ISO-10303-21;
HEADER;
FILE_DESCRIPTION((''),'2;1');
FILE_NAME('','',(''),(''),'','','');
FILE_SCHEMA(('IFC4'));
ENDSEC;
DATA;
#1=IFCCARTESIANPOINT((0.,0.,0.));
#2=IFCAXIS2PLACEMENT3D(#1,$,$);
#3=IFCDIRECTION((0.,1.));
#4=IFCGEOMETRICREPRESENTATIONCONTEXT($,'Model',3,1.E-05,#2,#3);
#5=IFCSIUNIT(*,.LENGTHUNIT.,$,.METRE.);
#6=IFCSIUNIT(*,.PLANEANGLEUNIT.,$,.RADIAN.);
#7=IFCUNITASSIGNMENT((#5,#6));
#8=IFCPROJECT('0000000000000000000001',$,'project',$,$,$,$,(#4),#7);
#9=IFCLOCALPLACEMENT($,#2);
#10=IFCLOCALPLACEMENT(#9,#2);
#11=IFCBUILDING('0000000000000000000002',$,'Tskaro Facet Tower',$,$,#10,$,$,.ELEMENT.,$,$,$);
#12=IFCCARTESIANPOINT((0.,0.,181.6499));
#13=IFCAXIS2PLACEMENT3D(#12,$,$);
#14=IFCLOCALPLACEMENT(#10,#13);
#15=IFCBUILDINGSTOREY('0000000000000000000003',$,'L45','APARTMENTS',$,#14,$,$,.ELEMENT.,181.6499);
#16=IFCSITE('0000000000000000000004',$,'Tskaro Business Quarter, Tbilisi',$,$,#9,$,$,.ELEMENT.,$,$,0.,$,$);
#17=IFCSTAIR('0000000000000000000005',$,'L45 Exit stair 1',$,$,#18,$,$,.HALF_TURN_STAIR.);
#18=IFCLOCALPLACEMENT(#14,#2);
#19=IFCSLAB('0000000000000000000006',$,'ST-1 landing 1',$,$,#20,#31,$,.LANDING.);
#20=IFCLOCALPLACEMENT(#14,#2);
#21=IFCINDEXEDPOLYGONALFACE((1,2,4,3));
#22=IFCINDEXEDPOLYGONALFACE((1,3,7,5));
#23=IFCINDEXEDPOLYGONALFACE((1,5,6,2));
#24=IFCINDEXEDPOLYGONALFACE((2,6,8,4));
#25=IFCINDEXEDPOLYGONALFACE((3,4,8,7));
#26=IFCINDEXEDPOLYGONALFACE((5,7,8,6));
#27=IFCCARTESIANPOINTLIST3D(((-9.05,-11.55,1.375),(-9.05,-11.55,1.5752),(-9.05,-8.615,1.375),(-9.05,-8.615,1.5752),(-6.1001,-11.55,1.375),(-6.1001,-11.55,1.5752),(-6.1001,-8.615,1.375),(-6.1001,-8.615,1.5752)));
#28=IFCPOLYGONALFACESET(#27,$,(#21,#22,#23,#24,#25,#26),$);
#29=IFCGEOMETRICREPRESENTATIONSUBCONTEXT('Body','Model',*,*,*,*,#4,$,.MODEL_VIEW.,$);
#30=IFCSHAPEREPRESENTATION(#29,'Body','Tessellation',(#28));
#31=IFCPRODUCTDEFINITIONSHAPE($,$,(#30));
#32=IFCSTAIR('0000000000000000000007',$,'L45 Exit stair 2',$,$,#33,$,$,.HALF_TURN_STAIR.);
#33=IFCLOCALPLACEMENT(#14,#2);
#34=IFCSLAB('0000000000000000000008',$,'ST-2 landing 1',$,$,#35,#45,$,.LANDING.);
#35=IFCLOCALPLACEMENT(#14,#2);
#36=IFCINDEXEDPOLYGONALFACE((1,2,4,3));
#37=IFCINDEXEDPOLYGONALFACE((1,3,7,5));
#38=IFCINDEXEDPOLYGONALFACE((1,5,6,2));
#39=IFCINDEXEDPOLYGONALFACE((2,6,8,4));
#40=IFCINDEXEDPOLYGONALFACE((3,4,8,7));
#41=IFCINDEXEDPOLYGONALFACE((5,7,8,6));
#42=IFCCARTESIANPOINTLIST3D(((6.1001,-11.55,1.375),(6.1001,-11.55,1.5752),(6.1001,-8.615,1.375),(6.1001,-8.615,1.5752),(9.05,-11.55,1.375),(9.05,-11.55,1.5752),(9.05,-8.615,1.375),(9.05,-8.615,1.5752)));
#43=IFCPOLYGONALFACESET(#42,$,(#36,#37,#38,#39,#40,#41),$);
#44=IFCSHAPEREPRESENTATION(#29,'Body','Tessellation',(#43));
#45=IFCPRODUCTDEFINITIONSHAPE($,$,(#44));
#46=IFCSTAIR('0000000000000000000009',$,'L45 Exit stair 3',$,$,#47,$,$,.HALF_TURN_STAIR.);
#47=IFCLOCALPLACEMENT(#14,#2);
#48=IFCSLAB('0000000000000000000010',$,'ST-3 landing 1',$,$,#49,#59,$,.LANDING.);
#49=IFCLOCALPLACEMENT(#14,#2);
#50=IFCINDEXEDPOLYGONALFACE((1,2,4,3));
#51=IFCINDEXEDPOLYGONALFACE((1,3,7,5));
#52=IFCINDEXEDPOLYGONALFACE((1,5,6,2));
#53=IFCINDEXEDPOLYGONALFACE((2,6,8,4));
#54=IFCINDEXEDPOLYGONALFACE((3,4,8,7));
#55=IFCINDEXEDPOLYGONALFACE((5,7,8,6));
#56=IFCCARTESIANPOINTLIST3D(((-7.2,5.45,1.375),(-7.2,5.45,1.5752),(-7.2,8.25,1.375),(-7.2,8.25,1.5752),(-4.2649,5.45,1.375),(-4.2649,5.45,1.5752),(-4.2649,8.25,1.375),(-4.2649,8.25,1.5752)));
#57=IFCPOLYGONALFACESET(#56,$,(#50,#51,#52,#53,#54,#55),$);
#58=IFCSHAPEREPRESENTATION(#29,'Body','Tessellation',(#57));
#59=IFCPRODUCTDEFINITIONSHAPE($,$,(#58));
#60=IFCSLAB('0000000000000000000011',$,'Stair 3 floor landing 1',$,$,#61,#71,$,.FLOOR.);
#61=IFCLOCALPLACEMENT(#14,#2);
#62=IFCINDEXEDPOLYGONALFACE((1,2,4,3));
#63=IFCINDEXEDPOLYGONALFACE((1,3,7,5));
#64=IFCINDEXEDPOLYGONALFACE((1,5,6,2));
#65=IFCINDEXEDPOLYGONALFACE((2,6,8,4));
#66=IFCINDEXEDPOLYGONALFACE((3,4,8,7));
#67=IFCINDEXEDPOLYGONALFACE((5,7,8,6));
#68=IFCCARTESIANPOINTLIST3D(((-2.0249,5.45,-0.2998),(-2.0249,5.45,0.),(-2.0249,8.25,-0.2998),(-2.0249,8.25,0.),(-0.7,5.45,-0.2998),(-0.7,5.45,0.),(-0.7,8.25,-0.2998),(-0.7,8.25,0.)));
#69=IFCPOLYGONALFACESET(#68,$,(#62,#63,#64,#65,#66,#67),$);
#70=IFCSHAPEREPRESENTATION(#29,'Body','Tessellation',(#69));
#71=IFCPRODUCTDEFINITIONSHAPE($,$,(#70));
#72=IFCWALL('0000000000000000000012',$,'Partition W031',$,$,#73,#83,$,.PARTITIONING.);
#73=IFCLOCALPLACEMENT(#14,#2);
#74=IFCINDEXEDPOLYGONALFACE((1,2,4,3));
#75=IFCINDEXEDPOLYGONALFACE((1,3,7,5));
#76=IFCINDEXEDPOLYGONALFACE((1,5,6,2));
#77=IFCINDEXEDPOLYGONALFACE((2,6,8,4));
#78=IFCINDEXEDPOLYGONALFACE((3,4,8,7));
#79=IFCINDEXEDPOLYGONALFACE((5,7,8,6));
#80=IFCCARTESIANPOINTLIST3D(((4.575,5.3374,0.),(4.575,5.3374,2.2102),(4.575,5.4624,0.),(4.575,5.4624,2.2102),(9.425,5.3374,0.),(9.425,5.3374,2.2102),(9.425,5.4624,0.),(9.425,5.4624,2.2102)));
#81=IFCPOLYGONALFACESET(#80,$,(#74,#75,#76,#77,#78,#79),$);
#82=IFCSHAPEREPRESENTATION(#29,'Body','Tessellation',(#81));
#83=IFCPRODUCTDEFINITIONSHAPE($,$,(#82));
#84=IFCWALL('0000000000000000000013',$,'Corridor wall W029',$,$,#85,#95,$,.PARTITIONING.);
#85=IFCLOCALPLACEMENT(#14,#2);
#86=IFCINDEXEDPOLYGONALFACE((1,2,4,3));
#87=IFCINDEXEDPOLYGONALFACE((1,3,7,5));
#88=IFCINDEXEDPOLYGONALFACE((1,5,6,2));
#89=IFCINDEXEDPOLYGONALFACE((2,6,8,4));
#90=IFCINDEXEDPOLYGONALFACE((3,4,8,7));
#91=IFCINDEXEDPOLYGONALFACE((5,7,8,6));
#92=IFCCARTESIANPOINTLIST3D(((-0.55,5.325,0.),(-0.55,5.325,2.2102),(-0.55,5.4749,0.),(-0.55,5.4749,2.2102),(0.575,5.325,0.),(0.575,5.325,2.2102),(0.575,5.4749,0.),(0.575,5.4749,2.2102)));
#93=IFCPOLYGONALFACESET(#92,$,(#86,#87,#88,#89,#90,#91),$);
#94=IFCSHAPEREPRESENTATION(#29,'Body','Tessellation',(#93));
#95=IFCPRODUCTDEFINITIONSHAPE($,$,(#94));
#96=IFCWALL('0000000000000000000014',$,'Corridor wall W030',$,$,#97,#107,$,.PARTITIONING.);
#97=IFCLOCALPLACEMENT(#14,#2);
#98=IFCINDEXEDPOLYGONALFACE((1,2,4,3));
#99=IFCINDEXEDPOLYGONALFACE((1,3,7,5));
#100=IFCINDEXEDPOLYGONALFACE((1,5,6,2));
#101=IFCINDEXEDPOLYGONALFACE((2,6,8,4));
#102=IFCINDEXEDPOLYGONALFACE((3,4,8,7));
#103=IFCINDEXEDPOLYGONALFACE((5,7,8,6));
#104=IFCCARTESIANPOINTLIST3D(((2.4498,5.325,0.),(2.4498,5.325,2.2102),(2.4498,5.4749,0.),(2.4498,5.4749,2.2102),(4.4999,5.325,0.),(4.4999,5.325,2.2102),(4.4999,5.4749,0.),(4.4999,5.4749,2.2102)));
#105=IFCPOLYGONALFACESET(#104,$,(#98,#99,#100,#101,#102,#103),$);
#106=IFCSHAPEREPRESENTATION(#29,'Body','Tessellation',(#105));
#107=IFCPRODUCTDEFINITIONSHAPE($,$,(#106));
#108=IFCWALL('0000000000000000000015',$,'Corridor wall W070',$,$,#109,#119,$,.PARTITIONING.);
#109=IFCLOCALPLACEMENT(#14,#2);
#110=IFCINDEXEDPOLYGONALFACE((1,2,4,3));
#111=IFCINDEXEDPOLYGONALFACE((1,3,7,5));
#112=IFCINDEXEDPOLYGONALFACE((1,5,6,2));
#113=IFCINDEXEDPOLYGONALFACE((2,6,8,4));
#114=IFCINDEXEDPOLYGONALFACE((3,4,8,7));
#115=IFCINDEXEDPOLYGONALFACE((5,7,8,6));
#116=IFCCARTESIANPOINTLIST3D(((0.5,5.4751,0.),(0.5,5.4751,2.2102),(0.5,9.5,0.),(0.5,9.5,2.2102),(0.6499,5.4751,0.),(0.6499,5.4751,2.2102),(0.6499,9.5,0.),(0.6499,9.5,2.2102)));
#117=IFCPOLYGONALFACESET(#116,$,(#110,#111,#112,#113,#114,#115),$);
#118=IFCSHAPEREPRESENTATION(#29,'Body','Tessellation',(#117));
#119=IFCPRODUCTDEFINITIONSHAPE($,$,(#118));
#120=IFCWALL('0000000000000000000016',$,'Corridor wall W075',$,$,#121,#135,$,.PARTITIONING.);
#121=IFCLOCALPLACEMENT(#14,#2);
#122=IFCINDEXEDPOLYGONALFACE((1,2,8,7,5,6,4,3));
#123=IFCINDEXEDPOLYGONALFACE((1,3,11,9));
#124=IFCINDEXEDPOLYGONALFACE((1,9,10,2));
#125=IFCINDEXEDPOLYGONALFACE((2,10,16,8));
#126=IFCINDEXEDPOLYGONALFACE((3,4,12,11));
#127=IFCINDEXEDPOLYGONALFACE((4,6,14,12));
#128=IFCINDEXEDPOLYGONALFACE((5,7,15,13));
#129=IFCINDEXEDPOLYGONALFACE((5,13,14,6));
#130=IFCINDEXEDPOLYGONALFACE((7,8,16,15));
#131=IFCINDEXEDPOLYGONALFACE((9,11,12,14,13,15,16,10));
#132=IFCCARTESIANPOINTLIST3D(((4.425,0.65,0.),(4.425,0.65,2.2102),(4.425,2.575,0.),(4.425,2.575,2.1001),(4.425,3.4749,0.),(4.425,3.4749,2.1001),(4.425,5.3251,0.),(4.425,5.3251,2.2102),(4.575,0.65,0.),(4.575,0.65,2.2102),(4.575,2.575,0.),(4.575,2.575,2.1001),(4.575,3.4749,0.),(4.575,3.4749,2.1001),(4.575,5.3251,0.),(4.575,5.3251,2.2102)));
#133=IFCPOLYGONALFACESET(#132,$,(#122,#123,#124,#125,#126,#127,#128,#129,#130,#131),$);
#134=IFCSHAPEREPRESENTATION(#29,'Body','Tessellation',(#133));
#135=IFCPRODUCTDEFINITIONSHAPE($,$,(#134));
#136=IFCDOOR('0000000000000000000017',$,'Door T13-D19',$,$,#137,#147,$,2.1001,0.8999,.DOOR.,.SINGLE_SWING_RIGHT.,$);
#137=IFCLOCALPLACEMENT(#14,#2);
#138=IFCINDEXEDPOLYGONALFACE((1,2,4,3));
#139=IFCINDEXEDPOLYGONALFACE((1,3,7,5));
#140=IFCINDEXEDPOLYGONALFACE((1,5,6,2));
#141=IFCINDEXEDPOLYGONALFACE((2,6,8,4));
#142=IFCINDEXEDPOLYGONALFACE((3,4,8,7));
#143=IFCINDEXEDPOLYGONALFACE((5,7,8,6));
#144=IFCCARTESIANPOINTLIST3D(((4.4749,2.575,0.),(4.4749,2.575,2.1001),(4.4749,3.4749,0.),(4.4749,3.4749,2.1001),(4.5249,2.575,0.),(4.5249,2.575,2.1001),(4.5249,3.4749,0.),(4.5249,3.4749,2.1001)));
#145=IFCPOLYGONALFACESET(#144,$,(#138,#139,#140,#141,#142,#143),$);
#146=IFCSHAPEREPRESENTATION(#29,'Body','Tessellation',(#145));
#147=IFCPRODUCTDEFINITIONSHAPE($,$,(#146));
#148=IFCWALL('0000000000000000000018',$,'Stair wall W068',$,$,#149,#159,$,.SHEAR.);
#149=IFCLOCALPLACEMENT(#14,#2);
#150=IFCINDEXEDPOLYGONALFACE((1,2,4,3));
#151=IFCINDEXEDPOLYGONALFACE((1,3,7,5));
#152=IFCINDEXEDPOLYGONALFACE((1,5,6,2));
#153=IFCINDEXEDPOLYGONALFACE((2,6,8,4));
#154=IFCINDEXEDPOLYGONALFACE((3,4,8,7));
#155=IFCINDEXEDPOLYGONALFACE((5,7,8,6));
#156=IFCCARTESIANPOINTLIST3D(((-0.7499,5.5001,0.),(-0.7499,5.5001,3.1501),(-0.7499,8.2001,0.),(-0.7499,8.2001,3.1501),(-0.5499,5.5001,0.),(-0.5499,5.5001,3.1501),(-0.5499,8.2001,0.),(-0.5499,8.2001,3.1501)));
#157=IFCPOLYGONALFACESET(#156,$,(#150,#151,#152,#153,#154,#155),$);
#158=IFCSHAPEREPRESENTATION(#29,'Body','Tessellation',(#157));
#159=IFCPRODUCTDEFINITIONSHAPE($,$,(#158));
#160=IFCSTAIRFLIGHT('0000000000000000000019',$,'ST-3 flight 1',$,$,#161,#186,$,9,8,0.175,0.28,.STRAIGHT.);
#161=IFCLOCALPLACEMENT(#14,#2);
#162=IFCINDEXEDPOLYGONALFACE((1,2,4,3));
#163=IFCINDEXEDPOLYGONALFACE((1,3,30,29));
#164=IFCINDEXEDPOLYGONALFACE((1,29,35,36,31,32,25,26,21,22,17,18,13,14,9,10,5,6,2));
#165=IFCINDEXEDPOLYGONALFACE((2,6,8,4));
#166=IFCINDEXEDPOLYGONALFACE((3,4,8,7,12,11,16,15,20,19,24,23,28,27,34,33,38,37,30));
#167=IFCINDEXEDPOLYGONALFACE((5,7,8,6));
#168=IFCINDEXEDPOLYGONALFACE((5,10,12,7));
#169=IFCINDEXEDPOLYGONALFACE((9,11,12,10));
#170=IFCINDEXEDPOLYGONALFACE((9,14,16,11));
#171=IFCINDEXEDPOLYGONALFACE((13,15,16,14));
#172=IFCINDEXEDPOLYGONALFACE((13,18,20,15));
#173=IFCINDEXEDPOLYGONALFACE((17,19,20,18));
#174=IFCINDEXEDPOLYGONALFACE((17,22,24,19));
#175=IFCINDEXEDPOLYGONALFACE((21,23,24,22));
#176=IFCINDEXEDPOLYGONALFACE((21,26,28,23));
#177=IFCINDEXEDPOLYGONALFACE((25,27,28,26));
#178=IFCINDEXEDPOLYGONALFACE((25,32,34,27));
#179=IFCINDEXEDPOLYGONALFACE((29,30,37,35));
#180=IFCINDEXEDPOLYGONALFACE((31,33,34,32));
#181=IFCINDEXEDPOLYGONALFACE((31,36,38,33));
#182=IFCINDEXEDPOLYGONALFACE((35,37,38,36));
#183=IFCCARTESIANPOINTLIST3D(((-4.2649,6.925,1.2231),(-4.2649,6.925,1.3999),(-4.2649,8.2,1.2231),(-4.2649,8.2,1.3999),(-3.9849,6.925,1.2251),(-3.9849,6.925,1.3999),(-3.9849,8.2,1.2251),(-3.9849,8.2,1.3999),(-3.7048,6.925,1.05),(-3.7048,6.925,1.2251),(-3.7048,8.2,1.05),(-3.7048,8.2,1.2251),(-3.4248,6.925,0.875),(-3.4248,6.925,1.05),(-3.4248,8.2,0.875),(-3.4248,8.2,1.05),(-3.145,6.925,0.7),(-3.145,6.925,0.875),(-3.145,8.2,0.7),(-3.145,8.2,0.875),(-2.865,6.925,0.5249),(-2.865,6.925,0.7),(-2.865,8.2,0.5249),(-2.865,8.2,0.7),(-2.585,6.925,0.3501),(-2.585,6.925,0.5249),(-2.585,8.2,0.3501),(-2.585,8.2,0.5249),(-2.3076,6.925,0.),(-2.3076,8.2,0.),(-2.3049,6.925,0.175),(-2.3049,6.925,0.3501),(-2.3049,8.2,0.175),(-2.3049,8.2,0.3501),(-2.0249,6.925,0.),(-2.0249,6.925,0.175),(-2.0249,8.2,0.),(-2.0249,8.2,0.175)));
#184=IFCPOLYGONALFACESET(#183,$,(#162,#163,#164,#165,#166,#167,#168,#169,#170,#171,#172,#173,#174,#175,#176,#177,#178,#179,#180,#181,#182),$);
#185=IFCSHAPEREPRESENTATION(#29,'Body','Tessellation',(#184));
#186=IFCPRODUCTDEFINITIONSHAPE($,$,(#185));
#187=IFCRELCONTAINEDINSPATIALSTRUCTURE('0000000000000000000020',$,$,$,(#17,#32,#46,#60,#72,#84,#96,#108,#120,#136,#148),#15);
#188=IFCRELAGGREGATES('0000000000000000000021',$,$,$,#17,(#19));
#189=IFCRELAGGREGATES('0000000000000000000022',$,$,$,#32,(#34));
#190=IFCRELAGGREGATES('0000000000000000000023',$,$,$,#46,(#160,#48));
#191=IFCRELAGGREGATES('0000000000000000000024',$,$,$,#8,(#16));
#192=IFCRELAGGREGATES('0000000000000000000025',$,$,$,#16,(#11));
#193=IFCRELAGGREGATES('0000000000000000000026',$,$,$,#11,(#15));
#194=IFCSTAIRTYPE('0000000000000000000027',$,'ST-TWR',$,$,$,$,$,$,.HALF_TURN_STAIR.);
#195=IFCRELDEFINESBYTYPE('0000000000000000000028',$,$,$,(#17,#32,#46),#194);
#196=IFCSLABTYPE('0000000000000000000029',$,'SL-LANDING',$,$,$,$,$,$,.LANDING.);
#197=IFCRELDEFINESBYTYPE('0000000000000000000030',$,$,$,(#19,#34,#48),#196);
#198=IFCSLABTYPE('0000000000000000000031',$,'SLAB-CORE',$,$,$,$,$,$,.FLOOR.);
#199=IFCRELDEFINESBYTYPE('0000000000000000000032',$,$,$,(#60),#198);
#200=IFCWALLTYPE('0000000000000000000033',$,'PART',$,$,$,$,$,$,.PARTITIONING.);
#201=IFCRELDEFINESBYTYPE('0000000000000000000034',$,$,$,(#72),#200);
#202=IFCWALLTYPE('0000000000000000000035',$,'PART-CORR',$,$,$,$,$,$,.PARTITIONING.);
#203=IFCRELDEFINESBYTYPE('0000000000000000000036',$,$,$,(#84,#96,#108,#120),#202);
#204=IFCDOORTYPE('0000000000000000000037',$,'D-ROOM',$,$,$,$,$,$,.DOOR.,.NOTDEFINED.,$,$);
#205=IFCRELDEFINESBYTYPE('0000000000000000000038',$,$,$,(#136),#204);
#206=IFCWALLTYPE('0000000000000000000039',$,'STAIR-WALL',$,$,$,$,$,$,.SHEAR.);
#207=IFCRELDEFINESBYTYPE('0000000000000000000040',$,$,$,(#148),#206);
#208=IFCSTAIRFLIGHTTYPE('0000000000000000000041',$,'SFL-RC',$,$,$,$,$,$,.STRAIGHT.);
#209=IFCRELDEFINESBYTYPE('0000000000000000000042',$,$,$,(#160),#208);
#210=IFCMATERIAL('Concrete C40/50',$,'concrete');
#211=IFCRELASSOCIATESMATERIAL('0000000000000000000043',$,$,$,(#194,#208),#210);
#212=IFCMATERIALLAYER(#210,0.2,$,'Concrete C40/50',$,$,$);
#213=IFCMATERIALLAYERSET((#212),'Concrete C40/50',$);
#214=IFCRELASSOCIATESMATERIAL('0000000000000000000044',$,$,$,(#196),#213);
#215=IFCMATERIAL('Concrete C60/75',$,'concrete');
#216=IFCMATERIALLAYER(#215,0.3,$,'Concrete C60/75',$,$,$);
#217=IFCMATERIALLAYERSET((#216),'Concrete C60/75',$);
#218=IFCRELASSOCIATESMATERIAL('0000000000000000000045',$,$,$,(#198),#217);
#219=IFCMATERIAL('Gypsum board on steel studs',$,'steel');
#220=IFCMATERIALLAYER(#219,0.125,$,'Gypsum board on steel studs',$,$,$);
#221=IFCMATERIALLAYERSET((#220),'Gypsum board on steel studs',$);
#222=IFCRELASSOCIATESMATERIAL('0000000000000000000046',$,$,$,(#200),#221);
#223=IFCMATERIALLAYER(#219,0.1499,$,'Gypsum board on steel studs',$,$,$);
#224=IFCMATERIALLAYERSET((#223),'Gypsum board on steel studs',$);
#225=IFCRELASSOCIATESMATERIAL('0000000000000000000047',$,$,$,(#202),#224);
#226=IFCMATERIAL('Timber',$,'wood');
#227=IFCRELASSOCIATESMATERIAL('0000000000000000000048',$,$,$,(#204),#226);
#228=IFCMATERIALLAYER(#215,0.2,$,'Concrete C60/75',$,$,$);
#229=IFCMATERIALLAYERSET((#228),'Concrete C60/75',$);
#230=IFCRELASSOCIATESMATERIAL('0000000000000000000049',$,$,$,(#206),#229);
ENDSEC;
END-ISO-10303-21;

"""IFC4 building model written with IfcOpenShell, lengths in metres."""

from ifc_helpers import new_model, si_unit, direction, frame, frame_2d, origin, place, context, subcontext, project, spatial, polyline, rectangle, outline, extrude, material, layer, layer_set, type_object, element, fill, aggregate, save


model = new_model("IFC4")

# Units and contexts
model_context = context("Model", 3, precision=1e-05, world=origin(), true_north=direction((0.0, 1.0)))
body_context = subcontext(model_context, "Body", "Model", "MODEL_VIEW")
ifc_project = project(units=[si_unit("LENGTHUNIT", "METRE"), si_unit("PLANEANGLEUNIT", "RADIAN")], contexts=[model_context])

# Site, building, storey
site_placement = place(None, origin())
site = spatial("IfcSite", under=ifc_project, at=site_placement, Name="Tskaro Business Quarter, Tbilisi", CompositionType="ELEMENT", RefElevation=0.0)
building_placement = place(site_placement, origin())
building = spatial("IfcBuilding", under=site, at=building_placement, Name="Tskaro Facet Tower", CompositionType="ELEMENT")
storey_placement = place(building_placement, frame((0.0, 0.0, 181.6499)))
storey = spatial("IfcBuildingStorey", under=building, at=storey_placement, Name="L45", Description="APARTMENTS", CompositionType="ELEMENT", Elevation=181.6499)

# Stairs, slabs
ifc_material_1 = material(Name="Concrete C40/50", Category="concrete")
stair_type = type_object("IfcStairType", Name="ST-TWR", PredefinedType="HALF_TURN_STAIR", material=ifc_material_1)
stair_1_placement = place(storey_placement, origin())
stair_1 = element("IfcStair", 1, at=stair_1_placement, inside=storey, type_object=stair_type, Name="L45 Exit stair 1", PredefinedType="HALF_TURN_STAIR")
ifc_layer_1 = layer(ifc_material_1, 0.2, Name="Concrete C40/50")
ifc_layer_set_1 = layer_set([ifc_layer_1], Name="Concrete C40/50")
slab_type_1 = type_object("IfcSlabType", Name="SL-LANDING", PredefinedType="LANDING", material=ifc_layer_set_1)
slab_1_placement = place(storey_placement, frame((0.0, 0.0, 1.375)))
slab_1 = element("IfcSlab", 2, at=slab_1_placement, type_object=slab_type_1, Name="ST-1 landing 1", PredefinedType="LANDING", context=body_context, shape_type="SweptSolid", body=[
    extrude(outline(polyline([(-9.05, -11.55), (-6.1001, -11.55), (-6.1001, -8.615), (-9.05, -8.615), (-9.05, -11.55)])), origin(), (0.0, 0.0, 1.0), 0.2002),
])
aggregate(stair_1, [slab_1])
stair_2_placement = place(storey_placement, origin())
stair_2 = element("IfcStair", 3, at=stair_2_placement, inside=storey, type_object=stair_type, Name="L45 Exit stair 2", PredefinedType="HALF_TURN_STAIR")
slab_2_placement = place(storey_placement, frame((0.0, 0.0, 1.375)))
slab_2 = element("IfcSlab", 4, at=slab_2_placement, type_object=slab_type_1, Name="ST-2 landing 1", PredefinedType="LANDING", context=body_context, shape_type="SweptSolid", body=[
    extrude(outline(polyline([(6.1001, -11.55), (9.05, -11.55), (9.05, -8.615), (6.1001, -8.615), (6.1001, -11.55)])), origin(), (0.0, 0.0, 1.0), 0.2002),
])
aggregate(stair_2, [slab_2])
stair_3_placement = place(storey_placement, origin())
stair_3 = element("IfcStair", 5, at=stair_3_placement, inside=storey, type_object=stair_type, Name="L45 Exit stair 3", PredefinedType="HALF_TURN_STAIR")
slab_3_placement = place(storey_placement, frame((0.0, 0.0, 1.375)))
slab_3 = element("IfcSlab", 6, at=slab_3_placement, type_object=slab_type_1, Name="ST-3 landing 1", PredefinedType="LANDING", context=body_context, shape_type="SweptSolid", body=[
    extrude(outline(polyline([(-7.2, 5.45), (-4.2649, 5.45), (-4.2649, 8.25), (-7.2, 8.25), (-7.2, 5.45)])), origin(), (0.0, 0.0, 1.0), 0.2002),
])

# Slab
ifc_material_2 = material(Name="Concrete C60/75", Category="concrete")
ifc_layer_2 = layer(ifc_material_2, 0.3, Name="Concrete C60/75")
ifc_layer_set_2 = layer_set([ifc_layer_2], Name="Concrete C60/75")
slab_type_2 = type_object("IfcSlabType", Name="SLAB-CORE", PredefinedType="FLOOR", material=ifc_layer_set_2)
slab_4_placement = place(storey_placement, frame((0.0, 0.0, -0.2998)))
element("IfcSlab", 7, at=slab_4_placement, inside=storey, type_object=slab_type_2, Name="Stair 3 floor landing 1", PredefinedType="FLOOR", context=body_context, shape_type="SweptSolid", body=[
    extrude(outline(polyline([(-2.0249, 5.45), (-0.7, 5.45), (-0.7, 8.25), (-2.0249, 8.25), (-2.0249, 5.45)])), origin(), (0.0, 0.0, 1.0), 0.2998),
])

# Walls
ifc_material_3 = material(Name="Gypsum board on steel studs", Category="steel")
ifc_layer_3 = layer(ifc_material_3, 0.125, Name="Gypsum board on steel studs")
ifc_layer_set_3 = layer_set([ifc_layer_3], Name="Gypsum board on steel studs")
wall_type_1 = type_object("IfcWallType", Name="PART", PredefinedType="PARTITIONING", material=ifc_layer_set_3)
wall_1_placement = place(storey_placement, frame((4.575, 5.3999, 0.0), z_axis=(0.0, 0.0, 1.0), x_axis=(1.0, 0.0, 0.0)))
element("IfcWall", 8, at=wall_1_placement, inside=storey, type_object=wall_type_1, Name="Partition W031", PredefinedType="PARTITIONING", context=body_context, shape_type="SweptSolid", body=[
    extrude(rectangle(XDim=4.8501, YDim=0.125, at=frame_2d((2.425, 0.0))), origin(), (0.0, 0.0, 1.0), 2.2102),
])
ifc_layer_4 = layer(ifc_material_3, 0.1499, Name="Gypsum board on steel studs")
ifc_layer_set_4 = layer_set([ifc_layer_4], Name="Gypsum board on steel studs")
wall_type_2 = type_object("IfcWallType", Name="PART-CORR", PredefinedType="PARTITIONING", material=ifc_layer_set_4)
wall_2_placement = place(storey_placement, frame((-0.55, 5.3999, 0.0), z_axis=(0.0, 0.0, 1.0), x_axis=(1.0, 0.0, 0.0)))
element("IfcWall", 9, at=wall_2_placement, inside=storey, type_object=wall_type_2, Name="Corridor wall W029", PredefinedType="PARTITIONING", context=body_context, shape_type="SweptSolid", body=[
    extrude(rectangle(XDim=1.125, YDim=0.1499, at=frame_2d((0.5625, 0.0))), origin(), (0.0, 0.0, 1.0), 2.2102),
])
wall_3_placement = place(storey_placement, frame((2.45, 5.3999, 0.0), z_axis=(0.0, 0.0, 1.0), x_axis=(1.0, 0.0, 0.0)))
element("IfcWall", 10, at=wall_3_placement, inside=storey, type_object=wall_type_2, Name="Corridor wall W030", PredefinedType="PARTITIONING", context=body_context, shape_type="SweptSolid", body=[
    extrude(rectangle(XDim=2.05, YDim=0.1499, at=frame_2d((1.0249, 0.0))), origin(), (0.0, 0.0, 1.0), 2.2102),
])
wall_4_placement = place(storey_placement, frame((0.575, 5.4751, 0.0), z_axis=(0.0, 0.0, 1.0), x_axis=(0.0, 1.0, 0.0)))
element("IfcWall", 11, at=wall_4_placement, inside=storey, type_object=wall_type_2, Name="Corridor wall W070", PredefinedType="PARTITIONING", context=body_context, shape_type="SweptSolid", body=[
    extrude(rectangle(XDim=4.0249, YDim=0.1499, at=frame_2d((2.0125, 0.0))), origin(), (0.0, 0.0, 1.0), 2.2102),
])

# Wall, opening, door
wall_5_placement = place(storey_placement, frame((4.5, 5.325, 0.0), z_axis=(0.0, 0.0, 1.0), x_axis=(0.0, -1.0, 0.0)))
wall_5 = element("IfcWall", 12, at=wall_5_placement, inside=storey, type_object=wall_type_2, Name="Corridor wall W075", PredefinedType="PARTITIONING", context=body_context, shape_type="SweptSolid", body=[
    extrude(rectangle(XDim=4.675, YDim=0.1499, at=frame_2d((2.3374, 0.0))), origin(), (0.0, 0.0, 1.0), 2.2102),
])
opening_placement = place(wall_5_placement, frame((1.8501, 0.0, 0.0)))
opening = element("IfcOpeningElement", 13, at=opening_placement, cuts=wall_5, PredefinedType="OPENING", context=body_context, shape_type="SweptSolid", body=[
    extrude(rectangle(XDim=0.8999, YDim=2.1001, at=frame_2d((0.45, 1.05))), frame((0.0, 0.085, 0.0), z_axis=(0.0, -1.0, 0.0), x_axis=(1.0, 0.0, 0.0)), (0.0, 0.0, 1.0), 0.1699),
])
ifc_material_4 = material(Name="Timber", Category="wood")
door_type = type_object("IfcDoorType", Name="D-ROOM", OperationType="NOTDEFINED", PredefinedType="DOOR", material=ifc_material_4)
door_placement = place(opening_placement, origin())
door = element("IfcDoor", 14, at=door_placement, inside=storey, type_object=door_type, Name="Door T13-D19", OperationType="SINGLE_SWING_RIGHT", OverallHeight=2.1001, OverallWidth=0.8999, PredefinedType="DOOR", context=body_context, shape_type="SweptSolid", body=[
    extrude(rectangle(XDim=0.8999, YDim=2.1001, at=frame_2d((0.45, 1.05))), frame((0.0, 0.0249, 0.0), z_axis=(0.0, -1.0, 0.0), x_axis=(1.0, 0.0, 0.0)), (0.0, 0.0, 1.0), 0.05),
])
fill(opening, door)

# Wall
ifc_layer_5 = layer(ifc_material_2, 0.2, Name="Concrete C60/75")
ifc_layer_set_5 = layer_set([ifc_layer_5], Name="Concrete C60/75")
wall_type_3 = type_object("IfcWallType", Name="STAIR-WALL", PredefinedType="SHEAR", material=ifc_layer_set_5)
wall_6_placement = place(storey_placement, frame((-0.6499, 5.5, 0.0), z_axis=(0.0, 0.0, 1.0), x_axis=(0.0, 1.0, 0.0)))
element("IfcWall", 15, at=wall_6_placement, inside=storey, type_object=wall_type_3, Name="Stair wall W068", PredefinedType="SHEAR", context=body_context, shape_type="SweptSolid", body=[
    extrude(rectangle(XDim=2.7, YDim=0.2, at=frame_2d((1.3501, 0.0))), origin(), (0.0, 0.0, 1.0), 3.1501),
])

# Stair flight
stair_flight_type = type_object("IfcStairFlightType", Name="SFL-RC", PredefinedType="STRAIGHT", material=ifc_material_1)
stair_flight_placement = place(storey_placement, frame((-2.0249, 7.5625, 0.0), z_axis=(0.0, 0.0, 1.0), x_axis=(-1.0, 0.0, 0.0)))
stair_flight = element("IfcStairFlight", 16, at=stair_flight_placement, type_object=stair_flight_type, Name="ST-3 flight 1", NumberOfRisers=9, NumberOfTreads=8, PredefinedType="STRAIGHT", RiserHeight=0.175, TreadLength=0.28, context=body_context, shape_type="SweptSolid", body=[
    extrude(outline(polyline([(0.0, 0.0), (0.0, 0.175), (0.28, 0.175), (0.28, 0.3501), (0.5601, 0.3501), (0.5601, 0.5249), (0.8401, 0.5249), (0.8401, 0.7), (1.1201, 0.7), (1.1201, 0.875), (1.3999, 0.875), (1.3999, 1.05), (1.6799, 1.05), (1.6799, 1.2251), (1.96, 1.2251), (1.96, 1.3999), (2.24, 1.3999), (2.24, 1.575), (2.24, 1.2231), (0.2827, 0.0), (0.0, 0.0)])), frame((0.0, 0.6375, 0.0), z_axis=(0.0, -1.0, 0.0), x_axis=(1.0, 0.0, 0.0)), (0.0, 0.0, 1.0), 1.2749),
])
aggregate(stair_3, [stair_flight, slab_3])

save(model, "model.ifc")
